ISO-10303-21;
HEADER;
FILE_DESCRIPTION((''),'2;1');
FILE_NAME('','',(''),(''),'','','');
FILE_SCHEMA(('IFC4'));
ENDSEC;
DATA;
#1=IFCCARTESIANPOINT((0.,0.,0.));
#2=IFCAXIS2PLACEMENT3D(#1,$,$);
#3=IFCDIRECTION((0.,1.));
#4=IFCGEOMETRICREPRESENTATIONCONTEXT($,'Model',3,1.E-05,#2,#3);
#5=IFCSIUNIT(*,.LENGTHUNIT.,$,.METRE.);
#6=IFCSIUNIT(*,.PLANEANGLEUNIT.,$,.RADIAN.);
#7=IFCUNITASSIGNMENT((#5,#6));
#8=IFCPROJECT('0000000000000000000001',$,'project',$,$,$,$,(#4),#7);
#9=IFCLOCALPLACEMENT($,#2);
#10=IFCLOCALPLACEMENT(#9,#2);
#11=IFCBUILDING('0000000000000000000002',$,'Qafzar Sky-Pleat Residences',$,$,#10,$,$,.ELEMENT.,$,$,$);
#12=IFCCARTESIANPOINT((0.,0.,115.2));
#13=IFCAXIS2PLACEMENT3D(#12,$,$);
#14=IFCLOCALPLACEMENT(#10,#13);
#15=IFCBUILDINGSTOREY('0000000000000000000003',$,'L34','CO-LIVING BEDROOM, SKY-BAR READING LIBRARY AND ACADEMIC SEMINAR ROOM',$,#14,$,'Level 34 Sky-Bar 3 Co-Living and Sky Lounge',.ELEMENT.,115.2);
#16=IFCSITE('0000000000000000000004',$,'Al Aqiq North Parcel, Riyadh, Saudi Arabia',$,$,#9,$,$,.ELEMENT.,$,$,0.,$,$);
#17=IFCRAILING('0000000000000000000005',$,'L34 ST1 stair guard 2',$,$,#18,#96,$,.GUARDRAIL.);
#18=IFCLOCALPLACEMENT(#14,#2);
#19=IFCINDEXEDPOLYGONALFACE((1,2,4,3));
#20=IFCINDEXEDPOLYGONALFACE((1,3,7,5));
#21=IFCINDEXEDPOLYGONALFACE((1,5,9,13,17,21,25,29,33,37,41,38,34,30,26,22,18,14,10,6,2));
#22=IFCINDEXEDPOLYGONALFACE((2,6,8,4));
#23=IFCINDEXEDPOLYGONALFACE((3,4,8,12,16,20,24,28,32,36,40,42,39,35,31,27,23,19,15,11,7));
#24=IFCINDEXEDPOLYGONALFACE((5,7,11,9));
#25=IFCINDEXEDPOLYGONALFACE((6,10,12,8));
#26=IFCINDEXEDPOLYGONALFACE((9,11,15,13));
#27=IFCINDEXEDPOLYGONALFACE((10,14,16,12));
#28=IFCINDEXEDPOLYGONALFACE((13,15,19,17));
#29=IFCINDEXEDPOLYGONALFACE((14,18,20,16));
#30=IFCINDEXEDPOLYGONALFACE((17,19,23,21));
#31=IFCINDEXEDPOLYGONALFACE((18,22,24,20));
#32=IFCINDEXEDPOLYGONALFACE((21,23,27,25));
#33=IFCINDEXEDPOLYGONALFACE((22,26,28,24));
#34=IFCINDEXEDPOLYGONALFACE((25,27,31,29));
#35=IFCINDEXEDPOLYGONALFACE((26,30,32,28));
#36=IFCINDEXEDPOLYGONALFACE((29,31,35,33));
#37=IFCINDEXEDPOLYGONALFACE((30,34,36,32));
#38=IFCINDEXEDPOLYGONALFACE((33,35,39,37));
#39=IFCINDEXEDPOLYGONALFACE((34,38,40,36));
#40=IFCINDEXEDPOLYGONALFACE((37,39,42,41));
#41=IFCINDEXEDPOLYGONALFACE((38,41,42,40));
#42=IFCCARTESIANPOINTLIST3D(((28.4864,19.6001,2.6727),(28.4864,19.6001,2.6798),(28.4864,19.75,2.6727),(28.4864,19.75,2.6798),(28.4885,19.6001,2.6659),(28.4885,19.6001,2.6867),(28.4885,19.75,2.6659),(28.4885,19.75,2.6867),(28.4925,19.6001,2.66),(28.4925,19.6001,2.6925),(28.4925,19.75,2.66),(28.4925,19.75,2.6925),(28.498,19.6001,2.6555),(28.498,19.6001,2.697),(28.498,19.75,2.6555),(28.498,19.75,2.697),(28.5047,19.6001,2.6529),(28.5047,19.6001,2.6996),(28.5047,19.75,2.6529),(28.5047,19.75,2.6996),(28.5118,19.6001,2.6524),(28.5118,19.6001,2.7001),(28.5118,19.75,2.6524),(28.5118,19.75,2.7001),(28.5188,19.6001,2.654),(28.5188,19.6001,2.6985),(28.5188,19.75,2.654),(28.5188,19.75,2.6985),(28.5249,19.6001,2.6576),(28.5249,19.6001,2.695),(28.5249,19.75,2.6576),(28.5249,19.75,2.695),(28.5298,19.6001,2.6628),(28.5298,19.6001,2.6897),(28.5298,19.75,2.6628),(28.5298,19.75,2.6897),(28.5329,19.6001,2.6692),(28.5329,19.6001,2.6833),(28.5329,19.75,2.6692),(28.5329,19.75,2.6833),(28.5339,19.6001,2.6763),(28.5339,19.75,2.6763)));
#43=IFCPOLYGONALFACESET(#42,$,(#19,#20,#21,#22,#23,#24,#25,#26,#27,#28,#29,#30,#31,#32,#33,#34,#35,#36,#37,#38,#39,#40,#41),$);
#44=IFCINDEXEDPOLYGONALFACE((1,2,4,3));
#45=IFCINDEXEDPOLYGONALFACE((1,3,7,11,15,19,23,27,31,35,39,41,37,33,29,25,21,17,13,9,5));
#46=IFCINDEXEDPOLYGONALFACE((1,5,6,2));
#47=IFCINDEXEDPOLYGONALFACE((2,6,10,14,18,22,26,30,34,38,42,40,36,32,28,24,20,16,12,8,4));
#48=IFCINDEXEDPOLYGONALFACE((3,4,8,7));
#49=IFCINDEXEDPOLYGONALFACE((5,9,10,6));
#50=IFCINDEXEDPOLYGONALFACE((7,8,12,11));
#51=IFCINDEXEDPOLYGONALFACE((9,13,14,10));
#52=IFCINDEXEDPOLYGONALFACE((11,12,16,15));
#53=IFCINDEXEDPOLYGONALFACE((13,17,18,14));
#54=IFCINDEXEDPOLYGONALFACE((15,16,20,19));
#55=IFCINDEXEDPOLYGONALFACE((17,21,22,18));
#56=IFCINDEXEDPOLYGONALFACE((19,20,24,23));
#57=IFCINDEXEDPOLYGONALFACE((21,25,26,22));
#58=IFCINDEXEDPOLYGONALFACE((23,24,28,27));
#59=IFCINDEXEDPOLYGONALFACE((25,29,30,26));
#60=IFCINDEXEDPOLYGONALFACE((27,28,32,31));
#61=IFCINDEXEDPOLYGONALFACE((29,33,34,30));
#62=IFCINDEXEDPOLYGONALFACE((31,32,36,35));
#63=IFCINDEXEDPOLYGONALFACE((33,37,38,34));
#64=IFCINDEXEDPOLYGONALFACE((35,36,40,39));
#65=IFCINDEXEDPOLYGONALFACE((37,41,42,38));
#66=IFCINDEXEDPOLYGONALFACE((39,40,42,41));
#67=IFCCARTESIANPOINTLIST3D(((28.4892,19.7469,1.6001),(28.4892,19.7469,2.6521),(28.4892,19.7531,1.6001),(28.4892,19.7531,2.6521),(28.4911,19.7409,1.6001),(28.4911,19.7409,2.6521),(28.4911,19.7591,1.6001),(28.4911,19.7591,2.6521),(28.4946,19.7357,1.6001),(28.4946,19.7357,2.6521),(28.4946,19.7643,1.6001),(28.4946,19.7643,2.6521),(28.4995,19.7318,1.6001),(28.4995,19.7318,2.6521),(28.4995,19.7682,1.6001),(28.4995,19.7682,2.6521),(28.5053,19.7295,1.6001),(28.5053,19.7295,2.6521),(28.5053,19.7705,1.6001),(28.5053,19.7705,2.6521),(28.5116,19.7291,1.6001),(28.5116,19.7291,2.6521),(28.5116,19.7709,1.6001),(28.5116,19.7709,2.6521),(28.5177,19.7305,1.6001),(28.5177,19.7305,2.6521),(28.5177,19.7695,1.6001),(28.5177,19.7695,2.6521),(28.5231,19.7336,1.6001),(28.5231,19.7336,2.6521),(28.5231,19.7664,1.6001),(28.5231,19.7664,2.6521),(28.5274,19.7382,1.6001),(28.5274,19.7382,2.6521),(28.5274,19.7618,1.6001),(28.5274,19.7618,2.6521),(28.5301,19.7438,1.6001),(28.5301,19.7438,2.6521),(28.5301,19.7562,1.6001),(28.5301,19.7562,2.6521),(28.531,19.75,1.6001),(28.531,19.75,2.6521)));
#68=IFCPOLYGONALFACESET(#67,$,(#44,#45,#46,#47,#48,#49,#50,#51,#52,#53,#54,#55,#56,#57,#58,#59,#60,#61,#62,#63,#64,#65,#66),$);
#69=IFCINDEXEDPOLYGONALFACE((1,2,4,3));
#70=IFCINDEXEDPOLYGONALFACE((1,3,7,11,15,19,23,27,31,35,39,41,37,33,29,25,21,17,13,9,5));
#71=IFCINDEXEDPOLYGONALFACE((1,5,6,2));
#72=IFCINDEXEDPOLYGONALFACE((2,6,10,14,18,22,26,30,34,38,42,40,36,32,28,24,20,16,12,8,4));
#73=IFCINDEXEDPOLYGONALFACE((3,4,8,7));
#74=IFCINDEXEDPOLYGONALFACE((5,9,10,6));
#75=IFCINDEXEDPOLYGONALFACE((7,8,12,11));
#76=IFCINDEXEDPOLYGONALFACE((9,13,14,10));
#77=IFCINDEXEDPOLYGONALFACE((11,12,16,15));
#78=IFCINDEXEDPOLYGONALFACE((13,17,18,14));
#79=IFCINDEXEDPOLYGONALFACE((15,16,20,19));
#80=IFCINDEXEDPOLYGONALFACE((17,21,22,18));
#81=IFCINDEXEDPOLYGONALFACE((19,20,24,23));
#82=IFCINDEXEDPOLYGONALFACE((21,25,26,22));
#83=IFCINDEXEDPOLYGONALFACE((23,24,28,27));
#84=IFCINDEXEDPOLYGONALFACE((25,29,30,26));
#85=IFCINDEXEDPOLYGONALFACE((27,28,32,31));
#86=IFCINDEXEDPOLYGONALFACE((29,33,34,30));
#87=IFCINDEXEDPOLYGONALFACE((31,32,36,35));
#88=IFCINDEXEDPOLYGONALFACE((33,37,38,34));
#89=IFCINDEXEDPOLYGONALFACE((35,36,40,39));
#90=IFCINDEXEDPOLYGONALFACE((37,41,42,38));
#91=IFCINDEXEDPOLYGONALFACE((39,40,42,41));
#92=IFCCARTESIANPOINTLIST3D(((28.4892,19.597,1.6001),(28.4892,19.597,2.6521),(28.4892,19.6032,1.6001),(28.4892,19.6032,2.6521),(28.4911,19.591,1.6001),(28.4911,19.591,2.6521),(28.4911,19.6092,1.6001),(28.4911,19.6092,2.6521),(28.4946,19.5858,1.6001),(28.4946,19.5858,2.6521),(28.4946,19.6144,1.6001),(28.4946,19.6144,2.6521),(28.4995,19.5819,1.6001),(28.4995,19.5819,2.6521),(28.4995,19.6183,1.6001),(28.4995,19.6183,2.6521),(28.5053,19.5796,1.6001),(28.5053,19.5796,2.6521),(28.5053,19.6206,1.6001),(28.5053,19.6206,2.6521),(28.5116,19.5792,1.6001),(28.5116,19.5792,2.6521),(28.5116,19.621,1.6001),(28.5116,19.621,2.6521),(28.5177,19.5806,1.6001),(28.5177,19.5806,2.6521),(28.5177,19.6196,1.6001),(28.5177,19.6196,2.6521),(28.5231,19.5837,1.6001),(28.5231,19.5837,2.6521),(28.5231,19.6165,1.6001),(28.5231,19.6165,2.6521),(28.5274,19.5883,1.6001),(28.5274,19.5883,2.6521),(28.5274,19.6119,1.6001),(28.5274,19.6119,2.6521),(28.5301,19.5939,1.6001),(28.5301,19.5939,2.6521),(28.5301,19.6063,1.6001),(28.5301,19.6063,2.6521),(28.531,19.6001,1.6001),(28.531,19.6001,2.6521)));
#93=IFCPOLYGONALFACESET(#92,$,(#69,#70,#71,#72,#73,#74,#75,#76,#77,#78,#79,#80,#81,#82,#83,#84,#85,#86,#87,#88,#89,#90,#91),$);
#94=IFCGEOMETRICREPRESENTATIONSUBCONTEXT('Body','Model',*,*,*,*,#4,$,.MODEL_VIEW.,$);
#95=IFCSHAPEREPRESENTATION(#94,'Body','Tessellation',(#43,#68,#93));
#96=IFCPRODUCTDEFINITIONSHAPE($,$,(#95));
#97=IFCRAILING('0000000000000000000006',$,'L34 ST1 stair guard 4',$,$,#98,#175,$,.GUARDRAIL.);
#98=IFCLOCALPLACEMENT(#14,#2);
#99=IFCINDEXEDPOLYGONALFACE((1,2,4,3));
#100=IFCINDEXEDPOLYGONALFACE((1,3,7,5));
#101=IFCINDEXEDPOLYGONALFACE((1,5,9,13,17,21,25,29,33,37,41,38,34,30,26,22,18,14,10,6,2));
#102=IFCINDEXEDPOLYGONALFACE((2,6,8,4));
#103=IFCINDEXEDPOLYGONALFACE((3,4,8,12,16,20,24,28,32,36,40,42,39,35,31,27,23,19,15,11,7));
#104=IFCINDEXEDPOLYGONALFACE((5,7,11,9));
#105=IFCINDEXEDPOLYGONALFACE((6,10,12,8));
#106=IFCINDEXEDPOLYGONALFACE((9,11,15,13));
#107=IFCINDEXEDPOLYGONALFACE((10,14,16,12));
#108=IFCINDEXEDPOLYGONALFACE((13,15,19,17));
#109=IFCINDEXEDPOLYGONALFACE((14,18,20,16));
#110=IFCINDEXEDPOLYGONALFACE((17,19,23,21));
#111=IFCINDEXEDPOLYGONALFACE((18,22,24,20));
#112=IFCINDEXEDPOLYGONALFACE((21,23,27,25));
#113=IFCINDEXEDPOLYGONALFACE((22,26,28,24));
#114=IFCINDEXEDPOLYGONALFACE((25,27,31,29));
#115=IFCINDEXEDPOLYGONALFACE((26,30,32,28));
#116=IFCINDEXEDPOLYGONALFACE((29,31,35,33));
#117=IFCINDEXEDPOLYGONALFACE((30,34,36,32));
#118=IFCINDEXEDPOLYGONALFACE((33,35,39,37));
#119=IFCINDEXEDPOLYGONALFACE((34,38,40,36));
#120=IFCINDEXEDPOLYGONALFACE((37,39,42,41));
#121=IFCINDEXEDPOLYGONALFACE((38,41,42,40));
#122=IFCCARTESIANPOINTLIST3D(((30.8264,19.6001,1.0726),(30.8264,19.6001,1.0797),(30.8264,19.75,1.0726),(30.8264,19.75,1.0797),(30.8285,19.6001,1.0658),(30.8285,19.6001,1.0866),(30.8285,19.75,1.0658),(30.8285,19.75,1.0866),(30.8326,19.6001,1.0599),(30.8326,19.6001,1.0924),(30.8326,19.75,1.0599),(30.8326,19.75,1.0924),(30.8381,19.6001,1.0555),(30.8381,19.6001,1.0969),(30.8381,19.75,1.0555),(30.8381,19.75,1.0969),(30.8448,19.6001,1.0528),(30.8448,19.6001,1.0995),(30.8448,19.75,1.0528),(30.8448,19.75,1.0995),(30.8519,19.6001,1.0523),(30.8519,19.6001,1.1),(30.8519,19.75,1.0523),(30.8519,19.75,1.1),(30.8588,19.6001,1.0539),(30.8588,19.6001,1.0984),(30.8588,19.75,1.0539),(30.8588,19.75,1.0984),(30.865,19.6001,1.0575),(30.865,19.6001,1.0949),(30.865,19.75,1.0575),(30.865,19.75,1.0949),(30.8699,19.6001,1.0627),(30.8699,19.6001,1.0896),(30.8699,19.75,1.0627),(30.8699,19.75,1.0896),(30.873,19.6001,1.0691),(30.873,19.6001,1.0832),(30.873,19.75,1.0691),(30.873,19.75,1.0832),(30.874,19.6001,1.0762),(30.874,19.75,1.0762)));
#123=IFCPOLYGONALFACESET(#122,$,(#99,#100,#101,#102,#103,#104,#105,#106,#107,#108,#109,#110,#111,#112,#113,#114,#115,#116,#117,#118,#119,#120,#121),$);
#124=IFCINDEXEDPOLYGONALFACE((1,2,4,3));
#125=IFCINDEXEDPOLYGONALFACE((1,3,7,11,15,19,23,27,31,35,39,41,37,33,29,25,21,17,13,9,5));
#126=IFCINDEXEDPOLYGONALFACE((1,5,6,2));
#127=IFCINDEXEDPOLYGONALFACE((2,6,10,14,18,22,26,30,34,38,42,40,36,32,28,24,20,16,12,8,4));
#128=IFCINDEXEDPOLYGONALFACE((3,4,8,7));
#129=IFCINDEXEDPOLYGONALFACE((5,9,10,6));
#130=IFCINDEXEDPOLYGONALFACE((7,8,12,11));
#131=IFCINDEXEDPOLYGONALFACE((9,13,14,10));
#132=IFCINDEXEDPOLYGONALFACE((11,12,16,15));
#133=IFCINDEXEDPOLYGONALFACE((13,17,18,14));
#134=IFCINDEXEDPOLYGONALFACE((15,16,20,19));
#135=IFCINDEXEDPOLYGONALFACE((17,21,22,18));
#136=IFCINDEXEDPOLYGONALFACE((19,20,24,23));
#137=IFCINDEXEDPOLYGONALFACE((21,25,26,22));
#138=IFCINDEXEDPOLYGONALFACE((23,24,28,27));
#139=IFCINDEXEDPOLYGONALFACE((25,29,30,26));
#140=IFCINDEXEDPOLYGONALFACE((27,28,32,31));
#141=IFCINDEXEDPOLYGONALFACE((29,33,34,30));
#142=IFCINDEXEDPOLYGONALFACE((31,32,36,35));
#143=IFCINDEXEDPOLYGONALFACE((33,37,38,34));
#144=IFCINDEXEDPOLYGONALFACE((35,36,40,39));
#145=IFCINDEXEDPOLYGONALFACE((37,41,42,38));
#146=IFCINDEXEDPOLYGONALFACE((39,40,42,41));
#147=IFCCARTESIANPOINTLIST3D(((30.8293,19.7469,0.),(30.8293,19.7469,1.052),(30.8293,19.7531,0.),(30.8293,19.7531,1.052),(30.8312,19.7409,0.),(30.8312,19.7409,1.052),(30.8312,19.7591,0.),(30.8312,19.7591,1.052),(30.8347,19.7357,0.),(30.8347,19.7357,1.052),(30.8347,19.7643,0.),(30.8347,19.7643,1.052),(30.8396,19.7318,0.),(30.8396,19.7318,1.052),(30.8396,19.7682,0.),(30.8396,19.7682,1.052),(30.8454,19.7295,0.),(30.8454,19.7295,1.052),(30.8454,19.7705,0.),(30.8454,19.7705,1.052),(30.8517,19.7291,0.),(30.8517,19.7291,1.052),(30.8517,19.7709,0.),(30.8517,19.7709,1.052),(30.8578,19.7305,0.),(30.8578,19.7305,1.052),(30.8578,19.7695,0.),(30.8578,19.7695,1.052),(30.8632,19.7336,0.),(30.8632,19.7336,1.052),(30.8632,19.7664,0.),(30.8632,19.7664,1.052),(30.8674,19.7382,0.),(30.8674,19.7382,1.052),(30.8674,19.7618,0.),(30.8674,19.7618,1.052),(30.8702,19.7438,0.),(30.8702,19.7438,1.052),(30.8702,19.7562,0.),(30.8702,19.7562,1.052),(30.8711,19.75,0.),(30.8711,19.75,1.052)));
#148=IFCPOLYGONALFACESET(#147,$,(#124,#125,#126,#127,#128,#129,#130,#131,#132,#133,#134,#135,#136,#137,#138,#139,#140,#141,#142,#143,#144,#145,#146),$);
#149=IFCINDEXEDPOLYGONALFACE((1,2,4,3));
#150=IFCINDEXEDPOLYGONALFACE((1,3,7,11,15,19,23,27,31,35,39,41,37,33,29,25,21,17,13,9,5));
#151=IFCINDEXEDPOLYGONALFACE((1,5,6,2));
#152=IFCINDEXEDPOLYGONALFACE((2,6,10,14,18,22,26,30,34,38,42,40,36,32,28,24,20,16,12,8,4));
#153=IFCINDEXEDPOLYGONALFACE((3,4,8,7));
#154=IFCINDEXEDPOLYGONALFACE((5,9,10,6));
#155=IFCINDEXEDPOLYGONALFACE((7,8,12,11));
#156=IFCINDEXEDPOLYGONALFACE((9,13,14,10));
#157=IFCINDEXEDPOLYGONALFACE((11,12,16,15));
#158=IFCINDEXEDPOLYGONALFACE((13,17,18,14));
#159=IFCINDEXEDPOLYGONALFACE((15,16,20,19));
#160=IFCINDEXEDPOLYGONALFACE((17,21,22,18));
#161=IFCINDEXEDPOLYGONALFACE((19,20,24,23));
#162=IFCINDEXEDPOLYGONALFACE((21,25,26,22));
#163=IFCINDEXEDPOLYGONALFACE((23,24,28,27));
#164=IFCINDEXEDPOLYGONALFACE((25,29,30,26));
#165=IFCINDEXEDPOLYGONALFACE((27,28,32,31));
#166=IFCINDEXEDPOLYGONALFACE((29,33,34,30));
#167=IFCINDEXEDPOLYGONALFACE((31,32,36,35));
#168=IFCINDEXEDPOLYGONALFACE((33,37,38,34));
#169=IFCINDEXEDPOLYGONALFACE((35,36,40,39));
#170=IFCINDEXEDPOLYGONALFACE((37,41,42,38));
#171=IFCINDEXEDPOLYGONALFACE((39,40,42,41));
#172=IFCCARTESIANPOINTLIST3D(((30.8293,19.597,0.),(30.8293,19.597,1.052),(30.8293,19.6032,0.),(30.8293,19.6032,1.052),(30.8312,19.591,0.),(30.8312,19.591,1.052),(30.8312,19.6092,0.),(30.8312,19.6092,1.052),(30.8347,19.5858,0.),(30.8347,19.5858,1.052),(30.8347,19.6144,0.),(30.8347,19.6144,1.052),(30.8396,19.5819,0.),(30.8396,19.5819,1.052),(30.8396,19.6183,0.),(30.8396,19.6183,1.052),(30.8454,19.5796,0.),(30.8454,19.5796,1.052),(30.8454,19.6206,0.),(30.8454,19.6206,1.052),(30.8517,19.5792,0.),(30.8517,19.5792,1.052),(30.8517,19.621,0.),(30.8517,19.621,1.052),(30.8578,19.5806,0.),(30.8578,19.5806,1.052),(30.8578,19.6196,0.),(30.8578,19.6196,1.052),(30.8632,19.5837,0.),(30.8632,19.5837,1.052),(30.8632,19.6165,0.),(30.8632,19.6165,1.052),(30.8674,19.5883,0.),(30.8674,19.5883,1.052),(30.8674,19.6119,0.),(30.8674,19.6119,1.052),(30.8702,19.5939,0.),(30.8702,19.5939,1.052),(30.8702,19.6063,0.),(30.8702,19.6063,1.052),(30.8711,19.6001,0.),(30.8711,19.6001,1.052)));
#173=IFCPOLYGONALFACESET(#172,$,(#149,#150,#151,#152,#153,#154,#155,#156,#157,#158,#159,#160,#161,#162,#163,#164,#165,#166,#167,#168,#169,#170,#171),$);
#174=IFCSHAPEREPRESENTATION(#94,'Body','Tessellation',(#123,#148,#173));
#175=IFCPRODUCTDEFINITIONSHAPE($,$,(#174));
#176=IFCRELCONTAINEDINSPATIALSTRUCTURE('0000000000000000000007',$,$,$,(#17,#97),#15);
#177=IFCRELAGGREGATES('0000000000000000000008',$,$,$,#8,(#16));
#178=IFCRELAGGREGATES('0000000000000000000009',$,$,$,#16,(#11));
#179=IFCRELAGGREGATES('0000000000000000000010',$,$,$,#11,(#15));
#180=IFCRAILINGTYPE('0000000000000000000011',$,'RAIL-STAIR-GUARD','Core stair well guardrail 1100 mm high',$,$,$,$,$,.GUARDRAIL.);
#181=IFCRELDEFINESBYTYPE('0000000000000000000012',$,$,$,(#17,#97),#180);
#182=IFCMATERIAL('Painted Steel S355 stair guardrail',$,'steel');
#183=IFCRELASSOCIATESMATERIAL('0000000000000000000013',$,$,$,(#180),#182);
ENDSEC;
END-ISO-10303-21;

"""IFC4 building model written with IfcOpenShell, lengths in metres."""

from ifc_helpers import new_model, si_unit, direction, frame, origin, origin_2d, place, context, subcontext, project, spatial, circle, extrude, source, transform, mapped, material, type_object, element, save


model = new_model("IFC4")

# Units and contexts
model_context = context("Model", 3, precision=1e-05, world=origin(), true_north=direction((0.0, 1.0)))
body_context = subcontext(model_context, "Body", "Model", "MODEL_VIEW")
ifc_project = project(units=[si_unit("LENGTHUNIT", "METRE"), si_unit("PLANEANGLEUNIT", "RADIAN")], contexts=[model_context])

# Site, building, storey
site_placement = place(None, origin())
site = spatial("IfcSite", under=ifc_project, at=site_placement, Name="Al Aqiq North Parcel, Riyadh, Saudi Arabia", CompositionType="ELEMENT", RefElevation=0.0)
building_placement = place(site_placement, origin())
building = spatial("IfcBuilding", under=site, at=building_placement, Name="Qafzar Sky-Pleat Residences", CompositionType="ELEMENT")
storey_placement = place(building_placement, frame((0.0, 0.0, 115.2)))
storey = spatial("IfcBuildingStorey", under=building, at=storey_placement, Name="L34", Description="CO-LIVING BEDROOM, SKY-BAR READING LIBRARY AND ACADEMIC SEMINAR ROOM", LongName="Level 34 Sky-Bar 3 Co-Living and Sky Lounge", CompositionType="ELEMENT", Elevation=115.2)

# Railings
ifc_material_1 = material(Name="Painted Steel S355 stair guardrail", Category="steel")
railing_type_1 = type_object("IfcRailingType", Name="RAIL-STAIR-GUARD", Description="Core stair well guardrail 1100 mm high", PredefinedType="GUARDRAIL", material=ifc_material_1)
shared_shape_1 = source(origin(), body_context, "Body", "SweptSolid", [
    extrude(circle(Radius=0.0239, at=origin_2d()), frame((0.0, 0.0, 1.0762), z_axis=(0.0, -1.0, 0.0), x_axis=(1.0, 0.0, 0.0)), (0.0, 0.0, 1.0), 0.1499),
    extrude(circle(Radius=0.021, at=origin_2d()), origin(), (0.0, 0.0, 1.0), 1.052),
    extrude(circle(Radius=0.021, at=origin_2d()), frame((0.0, -0.1499, 0.0)), (0.0, 0.0, 1.0), 1.052),
])
for number, where, name in (
    (1, (28.51, 19.75, 1.6001), "L34 ST1 stair guard 2"),
    (2, (30.8501, 19.75, 0.0), "L34 ST1 stair guard 4"),
):
    element("IfcRailing", number, at=place(storey_placement, frame(where)), inside=storey, type_object=railing_type_1, Name=name, PredefinedType="GUARDRAIL", context=body_context, shape_type="MappedRepresentation", body=[
        mapped(shared_shape_1, transform((0.0, 0.0, 0.0), x_axis=(1.0, 0.0, 0.0), y_axis=(0.0, 1.0, 0.0), z_axis=(0.0, 0.0, 1.0), scale=1.0)),
    ])

save(model, "model.ifc")
